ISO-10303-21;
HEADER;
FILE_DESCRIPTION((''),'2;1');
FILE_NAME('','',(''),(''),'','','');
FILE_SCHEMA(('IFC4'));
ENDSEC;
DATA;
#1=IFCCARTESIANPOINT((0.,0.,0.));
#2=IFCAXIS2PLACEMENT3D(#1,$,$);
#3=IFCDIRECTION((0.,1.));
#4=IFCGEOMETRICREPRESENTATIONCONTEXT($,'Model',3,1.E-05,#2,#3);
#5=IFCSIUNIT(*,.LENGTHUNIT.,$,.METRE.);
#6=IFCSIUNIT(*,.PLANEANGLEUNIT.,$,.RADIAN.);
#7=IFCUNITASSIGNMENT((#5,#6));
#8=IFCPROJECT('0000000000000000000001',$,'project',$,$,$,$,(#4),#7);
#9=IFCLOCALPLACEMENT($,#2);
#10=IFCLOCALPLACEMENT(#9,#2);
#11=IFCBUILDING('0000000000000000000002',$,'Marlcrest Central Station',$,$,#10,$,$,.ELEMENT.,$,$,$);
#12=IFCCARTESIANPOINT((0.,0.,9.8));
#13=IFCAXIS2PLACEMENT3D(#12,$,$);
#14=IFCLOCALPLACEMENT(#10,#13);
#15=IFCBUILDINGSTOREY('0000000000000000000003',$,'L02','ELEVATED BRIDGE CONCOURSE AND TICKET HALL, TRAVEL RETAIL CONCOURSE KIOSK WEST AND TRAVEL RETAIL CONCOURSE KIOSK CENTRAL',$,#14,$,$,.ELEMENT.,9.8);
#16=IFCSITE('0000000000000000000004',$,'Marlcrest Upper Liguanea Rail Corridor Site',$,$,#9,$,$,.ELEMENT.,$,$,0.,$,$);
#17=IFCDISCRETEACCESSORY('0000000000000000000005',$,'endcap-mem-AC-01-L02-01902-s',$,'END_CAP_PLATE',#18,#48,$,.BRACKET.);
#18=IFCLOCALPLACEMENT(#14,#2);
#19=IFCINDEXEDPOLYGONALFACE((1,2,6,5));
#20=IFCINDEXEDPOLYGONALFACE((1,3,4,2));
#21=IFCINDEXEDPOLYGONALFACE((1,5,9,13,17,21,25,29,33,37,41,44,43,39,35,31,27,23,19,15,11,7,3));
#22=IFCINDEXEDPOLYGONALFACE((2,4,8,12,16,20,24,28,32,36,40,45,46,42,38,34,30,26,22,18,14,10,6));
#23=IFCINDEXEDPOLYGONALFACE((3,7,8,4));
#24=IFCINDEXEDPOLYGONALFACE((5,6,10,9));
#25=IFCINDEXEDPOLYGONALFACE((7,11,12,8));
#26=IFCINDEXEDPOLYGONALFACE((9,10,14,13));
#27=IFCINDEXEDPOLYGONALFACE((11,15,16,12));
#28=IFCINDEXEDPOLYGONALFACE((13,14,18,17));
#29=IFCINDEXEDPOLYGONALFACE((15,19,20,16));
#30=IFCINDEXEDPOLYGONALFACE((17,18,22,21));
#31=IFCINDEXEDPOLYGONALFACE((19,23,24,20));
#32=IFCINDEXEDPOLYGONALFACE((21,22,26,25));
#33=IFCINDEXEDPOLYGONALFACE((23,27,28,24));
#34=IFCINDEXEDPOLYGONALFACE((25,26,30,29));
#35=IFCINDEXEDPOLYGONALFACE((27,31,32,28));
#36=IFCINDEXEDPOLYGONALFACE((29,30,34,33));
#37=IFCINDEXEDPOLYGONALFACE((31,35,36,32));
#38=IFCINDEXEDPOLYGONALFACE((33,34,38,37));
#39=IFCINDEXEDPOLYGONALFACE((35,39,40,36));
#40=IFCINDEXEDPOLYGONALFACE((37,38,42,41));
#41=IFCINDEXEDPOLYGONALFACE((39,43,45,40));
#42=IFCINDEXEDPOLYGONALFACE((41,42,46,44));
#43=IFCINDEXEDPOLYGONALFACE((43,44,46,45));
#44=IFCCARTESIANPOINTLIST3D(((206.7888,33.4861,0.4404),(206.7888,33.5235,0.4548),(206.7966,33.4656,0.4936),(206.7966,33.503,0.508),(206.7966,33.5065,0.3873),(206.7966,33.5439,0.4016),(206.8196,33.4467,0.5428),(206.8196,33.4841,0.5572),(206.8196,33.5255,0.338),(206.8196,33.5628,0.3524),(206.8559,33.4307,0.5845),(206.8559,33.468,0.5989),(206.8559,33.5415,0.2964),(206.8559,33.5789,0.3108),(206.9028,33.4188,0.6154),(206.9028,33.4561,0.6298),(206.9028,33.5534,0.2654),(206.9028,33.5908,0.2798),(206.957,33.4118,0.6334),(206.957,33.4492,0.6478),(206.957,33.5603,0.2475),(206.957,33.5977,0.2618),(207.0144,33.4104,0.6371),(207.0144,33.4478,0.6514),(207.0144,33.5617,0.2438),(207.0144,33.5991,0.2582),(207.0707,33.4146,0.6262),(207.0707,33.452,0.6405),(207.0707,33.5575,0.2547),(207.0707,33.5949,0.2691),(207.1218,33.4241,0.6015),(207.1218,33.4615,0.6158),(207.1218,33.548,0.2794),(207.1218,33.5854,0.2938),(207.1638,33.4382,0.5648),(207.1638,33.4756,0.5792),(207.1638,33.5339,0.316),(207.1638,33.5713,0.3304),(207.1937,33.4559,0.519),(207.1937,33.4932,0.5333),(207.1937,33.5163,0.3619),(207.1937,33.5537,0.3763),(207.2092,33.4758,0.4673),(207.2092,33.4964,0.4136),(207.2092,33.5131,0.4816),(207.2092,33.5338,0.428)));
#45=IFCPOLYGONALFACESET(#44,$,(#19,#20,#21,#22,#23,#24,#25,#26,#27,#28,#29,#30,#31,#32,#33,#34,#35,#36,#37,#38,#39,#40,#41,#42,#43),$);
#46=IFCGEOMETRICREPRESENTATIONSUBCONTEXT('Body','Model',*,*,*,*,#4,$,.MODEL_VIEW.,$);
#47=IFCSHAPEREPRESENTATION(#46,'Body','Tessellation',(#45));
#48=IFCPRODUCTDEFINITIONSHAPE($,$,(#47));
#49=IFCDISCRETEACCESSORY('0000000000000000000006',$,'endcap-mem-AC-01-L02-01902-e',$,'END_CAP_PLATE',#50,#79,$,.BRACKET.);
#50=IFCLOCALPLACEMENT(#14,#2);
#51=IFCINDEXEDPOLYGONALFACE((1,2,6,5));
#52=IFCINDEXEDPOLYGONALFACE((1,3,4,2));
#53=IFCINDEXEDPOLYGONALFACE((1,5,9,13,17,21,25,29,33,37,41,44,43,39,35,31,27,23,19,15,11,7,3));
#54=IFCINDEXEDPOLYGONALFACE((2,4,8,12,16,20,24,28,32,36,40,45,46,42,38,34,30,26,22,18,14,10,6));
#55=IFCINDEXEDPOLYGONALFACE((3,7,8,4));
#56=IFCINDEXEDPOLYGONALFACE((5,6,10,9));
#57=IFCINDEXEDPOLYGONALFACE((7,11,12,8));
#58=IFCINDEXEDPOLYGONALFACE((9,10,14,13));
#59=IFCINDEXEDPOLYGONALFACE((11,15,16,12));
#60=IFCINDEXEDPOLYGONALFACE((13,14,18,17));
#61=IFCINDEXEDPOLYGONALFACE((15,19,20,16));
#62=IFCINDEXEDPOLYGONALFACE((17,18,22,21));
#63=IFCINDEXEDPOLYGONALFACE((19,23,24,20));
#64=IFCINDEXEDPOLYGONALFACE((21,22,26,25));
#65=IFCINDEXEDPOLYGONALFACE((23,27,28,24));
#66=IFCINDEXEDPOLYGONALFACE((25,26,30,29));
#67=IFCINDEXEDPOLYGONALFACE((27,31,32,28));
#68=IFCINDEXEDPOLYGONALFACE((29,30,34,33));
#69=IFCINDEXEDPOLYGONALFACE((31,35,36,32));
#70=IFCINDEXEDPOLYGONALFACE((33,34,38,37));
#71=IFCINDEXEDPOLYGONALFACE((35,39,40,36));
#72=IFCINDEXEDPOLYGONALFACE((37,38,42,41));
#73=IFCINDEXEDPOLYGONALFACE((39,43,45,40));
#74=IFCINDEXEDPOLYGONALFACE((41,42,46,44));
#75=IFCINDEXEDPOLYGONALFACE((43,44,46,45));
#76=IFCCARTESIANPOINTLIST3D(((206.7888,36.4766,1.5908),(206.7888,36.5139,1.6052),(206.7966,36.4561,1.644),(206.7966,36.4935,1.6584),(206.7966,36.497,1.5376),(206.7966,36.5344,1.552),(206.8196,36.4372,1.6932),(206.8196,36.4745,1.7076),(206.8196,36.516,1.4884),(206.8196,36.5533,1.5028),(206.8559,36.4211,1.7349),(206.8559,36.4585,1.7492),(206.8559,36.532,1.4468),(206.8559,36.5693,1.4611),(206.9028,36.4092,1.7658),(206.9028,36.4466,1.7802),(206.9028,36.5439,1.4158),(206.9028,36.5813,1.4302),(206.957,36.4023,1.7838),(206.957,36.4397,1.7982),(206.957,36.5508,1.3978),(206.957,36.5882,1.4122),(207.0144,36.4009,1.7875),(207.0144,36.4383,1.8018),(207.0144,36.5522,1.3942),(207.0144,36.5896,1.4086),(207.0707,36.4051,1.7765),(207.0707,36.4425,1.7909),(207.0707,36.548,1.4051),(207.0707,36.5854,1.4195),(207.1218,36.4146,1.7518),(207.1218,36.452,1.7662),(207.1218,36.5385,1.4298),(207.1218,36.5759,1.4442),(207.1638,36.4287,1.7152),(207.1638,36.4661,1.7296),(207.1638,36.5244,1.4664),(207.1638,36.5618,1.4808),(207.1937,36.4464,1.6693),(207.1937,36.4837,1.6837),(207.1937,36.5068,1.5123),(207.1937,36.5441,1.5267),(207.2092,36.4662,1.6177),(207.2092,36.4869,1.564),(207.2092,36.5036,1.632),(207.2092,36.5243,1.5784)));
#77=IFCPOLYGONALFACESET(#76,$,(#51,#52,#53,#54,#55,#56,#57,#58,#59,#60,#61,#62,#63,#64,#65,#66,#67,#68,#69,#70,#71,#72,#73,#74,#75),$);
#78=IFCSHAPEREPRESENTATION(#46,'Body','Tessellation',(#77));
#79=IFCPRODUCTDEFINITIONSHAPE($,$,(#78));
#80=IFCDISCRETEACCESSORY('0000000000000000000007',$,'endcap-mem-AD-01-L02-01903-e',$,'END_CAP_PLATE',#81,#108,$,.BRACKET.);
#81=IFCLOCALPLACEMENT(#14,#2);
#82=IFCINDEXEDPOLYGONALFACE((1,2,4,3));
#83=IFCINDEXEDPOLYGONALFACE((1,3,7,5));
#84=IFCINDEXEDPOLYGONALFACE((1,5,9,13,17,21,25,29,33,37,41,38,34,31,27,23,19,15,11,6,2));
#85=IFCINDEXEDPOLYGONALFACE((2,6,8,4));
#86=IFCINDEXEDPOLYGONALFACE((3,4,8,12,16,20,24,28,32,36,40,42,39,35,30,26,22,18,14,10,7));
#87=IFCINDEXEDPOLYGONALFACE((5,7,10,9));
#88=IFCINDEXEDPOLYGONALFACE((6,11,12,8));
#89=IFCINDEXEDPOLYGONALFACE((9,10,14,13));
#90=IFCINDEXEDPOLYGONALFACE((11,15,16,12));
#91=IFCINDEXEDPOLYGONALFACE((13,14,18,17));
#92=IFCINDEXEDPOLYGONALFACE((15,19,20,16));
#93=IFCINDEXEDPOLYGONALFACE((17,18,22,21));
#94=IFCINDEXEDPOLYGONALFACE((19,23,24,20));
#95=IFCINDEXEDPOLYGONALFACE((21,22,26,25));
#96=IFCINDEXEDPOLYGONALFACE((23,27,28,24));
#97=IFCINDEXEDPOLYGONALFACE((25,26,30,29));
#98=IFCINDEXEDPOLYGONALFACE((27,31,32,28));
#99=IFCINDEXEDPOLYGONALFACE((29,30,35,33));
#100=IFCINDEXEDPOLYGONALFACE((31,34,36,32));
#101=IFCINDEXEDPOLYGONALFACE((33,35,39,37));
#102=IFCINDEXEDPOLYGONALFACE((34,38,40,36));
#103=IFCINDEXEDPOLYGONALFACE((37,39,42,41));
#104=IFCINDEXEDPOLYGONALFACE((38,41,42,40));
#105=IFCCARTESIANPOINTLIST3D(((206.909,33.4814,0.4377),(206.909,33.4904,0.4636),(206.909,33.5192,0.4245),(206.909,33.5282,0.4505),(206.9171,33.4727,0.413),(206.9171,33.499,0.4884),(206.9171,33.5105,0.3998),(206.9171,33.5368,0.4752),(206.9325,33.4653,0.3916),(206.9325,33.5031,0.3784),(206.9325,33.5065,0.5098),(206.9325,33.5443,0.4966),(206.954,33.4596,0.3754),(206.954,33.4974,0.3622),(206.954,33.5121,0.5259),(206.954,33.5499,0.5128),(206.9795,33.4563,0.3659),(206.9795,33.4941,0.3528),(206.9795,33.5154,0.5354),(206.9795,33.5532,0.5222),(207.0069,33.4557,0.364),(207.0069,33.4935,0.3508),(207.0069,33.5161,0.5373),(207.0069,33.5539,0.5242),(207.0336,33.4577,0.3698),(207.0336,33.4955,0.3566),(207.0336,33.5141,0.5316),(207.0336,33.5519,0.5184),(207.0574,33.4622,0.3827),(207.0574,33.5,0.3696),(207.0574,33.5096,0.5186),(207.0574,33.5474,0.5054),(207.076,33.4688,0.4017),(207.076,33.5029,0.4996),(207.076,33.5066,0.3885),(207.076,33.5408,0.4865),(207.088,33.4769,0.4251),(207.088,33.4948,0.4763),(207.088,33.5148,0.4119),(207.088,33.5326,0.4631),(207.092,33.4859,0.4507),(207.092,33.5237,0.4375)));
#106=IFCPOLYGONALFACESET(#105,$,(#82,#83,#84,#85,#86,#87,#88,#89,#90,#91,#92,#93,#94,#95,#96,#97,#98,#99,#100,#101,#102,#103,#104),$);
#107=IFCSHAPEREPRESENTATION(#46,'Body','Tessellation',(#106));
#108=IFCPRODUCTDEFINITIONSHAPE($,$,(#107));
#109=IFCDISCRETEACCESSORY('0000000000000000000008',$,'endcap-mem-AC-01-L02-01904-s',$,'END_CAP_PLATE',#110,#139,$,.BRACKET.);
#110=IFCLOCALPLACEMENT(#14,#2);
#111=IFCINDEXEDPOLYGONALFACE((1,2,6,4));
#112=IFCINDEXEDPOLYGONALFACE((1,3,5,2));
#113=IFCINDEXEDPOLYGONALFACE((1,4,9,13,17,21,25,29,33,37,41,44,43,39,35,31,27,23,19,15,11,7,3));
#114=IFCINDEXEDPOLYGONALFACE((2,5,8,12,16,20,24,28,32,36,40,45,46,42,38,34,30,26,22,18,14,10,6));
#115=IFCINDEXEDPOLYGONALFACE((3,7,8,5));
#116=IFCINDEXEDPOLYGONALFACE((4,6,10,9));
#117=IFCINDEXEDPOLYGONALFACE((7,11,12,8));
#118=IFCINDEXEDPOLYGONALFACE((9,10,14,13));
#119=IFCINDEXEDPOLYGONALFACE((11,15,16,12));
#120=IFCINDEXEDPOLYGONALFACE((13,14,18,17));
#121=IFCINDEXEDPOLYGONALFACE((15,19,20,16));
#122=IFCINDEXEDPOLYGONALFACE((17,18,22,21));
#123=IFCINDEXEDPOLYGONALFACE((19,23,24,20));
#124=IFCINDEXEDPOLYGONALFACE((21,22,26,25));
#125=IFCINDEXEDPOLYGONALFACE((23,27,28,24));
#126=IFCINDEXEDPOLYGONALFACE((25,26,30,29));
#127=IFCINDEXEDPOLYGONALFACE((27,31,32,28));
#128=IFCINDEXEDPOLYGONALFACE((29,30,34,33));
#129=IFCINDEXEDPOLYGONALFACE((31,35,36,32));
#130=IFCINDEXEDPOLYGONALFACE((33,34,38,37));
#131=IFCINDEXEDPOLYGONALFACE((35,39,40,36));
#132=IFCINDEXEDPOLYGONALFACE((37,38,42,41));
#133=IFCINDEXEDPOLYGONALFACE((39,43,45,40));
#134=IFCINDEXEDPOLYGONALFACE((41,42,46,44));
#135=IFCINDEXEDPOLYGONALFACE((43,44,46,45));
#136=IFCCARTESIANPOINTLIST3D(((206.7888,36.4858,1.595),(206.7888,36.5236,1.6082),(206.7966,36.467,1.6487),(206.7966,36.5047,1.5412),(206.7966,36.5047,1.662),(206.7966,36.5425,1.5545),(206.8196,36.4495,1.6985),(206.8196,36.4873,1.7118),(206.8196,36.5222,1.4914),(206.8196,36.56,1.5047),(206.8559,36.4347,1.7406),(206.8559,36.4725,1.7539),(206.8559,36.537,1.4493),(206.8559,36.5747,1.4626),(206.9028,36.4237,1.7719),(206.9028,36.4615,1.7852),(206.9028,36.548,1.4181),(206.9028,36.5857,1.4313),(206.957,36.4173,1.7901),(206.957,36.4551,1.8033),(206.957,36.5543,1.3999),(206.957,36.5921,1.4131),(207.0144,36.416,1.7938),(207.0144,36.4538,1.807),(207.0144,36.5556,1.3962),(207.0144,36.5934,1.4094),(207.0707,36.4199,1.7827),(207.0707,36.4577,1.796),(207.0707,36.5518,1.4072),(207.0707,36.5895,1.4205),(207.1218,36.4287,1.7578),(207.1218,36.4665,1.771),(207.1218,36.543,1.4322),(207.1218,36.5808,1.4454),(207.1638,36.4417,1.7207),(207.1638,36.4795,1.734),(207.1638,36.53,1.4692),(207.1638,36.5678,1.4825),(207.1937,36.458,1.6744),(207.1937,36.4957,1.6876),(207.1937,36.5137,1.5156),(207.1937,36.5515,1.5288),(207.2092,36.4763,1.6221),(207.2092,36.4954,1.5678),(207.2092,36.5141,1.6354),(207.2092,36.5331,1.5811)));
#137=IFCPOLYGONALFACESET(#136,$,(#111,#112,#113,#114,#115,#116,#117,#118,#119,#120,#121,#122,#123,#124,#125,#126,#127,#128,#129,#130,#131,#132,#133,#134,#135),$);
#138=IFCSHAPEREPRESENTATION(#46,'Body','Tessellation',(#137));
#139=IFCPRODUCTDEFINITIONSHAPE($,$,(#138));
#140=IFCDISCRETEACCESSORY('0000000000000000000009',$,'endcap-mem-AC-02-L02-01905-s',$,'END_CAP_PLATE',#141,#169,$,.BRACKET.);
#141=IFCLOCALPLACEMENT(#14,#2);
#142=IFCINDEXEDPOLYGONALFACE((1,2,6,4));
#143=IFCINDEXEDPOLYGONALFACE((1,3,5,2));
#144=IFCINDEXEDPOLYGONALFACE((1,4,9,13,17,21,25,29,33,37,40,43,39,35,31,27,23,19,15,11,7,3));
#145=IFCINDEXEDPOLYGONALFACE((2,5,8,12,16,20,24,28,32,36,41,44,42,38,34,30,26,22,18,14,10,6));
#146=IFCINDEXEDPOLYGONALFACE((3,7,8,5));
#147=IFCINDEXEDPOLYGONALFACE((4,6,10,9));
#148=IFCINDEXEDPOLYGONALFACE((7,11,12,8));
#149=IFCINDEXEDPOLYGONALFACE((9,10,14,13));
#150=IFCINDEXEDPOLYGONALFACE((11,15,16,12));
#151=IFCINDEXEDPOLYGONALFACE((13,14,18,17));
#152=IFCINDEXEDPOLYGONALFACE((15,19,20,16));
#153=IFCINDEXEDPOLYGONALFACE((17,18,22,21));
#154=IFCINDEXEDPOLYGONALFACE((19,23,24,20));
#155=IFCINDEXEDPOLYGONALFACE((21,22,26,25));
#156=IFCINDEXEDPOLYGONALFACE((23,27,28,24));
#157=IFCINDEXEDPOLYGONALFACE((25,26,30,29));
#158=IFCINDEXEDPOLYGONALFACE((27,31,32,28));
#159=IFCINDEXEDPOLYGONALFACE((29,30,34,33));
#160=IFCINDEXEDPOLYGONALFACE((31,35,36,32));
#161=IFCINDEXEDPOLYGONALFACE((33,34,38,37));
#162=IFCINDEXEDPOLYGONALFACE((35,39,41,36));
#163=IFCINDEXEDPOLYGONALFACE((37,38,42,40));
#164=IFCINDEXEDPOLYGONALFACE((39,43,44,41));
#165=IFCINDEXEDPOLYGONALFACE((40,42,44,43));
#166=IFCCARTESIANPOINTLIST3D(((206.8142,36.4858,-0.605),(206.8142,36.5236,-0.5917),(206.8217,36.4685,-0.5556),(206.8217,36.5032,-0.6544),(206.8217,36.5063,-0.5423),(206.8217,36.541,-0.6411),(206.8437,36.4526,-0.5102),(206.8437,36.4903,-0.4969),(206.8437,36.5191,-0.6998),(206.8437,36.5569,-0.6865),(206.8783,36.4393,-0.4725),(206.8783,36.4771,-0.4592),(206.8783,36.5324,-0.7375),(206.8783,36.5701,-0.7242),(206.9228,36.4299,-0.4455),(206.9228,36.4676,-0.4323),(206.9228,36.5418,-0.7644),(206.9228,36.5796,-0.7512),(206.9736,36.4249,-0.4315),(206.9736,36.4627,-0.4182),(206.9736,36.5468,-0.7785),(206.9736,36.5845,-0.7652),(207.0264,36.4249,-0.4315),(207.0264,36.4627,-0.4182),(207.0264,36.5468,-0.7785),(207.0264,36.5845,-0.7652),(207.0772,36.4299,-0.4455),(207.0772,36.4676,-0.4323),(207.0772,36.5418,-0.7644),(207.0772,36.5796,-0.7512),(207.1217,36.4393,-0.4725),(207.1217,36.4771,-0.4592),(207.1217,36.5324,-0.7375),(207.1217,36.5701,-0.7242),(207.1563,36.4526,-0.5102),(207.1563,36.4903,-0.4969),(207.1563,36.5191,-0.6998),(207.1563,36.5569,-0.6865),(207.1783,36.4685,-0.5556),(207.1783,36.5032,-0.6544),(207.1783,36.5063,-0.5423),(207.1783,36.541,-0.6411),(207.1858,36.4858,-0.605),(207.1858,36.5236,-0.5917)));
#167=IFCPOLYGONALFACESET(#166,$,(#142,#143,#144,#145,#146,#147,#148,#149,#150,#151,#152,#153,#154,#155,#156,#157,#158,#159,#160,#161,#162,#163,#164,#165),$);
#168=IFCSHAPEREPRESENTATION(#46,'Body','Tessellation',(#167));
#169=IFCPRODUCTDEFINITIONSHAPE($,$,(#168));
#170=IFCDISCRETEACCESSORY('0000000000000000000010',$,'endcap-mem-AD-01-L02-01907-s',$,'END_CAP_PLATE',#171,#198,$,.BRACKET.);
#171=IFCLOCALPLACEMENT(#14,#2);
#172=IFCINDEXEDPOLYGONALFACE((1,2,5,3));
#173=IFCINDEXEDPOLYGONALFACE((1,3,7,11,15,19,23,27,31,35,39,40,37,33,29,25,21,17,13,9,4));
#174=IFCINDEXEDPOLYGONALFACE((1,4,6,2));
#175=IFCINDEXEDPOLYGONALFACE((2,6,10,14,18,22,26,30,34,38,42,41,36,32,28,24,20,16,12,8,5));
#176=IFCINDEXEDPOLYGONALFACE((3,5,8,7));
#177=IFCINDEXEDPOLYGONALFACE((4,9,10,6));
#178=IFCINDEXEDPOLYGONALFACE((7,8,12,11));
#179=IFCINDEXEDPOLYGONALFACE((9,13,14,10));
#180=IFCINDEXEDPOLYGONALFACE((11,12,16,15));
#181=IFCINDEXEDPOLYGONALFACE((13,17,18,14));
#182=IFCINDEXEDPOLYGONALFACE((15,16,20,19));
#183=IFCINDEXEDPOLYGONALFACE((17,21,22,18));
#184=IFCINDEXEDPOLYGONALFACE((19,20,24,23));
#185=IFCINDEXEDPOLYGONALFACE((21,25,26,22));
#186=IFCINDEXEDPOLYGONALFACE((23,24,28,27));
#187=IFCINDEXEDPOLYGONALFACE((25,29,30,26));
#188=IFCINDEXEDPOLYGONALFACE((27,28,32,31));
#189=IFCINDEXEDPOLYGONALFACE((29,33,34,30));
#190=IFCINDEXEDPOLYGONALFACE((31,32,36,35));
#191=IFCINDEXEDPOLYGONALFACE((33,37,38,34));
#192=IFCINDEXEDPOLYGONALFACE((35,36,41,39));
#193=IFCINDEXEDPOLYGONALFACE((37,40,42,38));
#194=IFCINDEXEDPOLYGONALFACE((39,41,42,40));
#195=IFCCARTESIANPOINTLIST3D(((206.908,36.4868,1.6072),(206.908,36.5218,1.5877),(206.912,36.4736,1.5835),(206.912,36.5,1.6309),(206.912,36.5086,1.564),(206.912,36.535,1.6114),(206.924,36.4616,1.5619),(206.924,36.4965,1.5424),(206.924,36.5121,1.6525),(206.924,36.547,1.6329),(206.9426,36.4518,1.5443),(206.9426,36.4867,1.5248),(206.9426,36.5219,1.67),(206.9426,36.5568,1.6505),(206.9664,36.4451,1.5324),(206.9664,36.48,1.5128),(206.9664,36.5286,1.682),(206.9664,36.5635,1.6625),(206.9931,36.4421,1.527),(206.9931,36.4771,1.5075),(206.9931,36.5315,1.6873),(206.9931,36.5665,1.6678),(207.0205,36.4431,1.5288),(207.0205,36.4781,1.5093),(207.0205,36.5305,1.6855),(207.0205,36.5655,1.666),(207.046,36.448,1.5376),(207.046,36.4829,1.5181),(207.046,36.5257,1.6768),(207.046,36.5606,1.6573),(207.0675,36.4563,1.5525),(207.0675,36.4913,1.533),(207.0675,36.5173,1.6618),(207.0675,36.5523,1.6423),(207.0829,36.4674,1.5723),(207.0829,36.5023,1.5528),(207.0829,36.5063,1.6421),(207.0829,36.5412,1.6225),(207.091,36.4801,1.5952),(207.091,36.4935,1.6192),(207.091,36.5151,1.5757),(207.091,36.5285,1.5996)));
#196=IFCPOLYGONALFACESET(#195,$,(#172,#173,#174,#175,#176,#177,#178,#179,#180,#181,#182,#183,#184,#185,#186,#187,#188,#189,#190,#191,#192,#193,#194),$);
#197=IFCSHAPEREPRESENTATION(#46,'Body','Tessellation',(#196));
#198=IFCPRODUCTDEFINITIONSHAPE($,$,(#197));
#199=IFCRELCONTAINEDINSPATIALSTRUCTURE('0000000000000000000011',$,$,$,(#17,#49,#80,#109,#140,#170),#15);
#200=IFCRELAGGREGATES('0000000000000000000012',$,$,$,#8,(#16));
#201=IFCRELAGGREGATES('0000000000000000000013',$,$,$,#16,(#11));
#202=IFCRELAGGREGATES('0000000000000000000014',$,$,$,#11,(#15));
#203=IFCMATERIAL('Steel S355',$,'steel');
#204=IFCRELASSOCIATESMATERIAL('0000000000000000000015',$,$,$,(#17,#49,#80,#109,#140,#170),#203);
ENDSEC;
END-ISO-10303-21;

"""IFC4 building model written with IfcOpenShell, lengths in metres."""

from ifc_helpers import new_model, si_unit, direction, frame, origin, origin_2d, place, context, subcontext, project, spatial, circle, extrude, material, element, save


model = new_model("IFC4")

# Units and contexts
model_context = context("Model", 3, precision=1e-05, world=origin(), true_north=direction((0.0, 1.0)))
body_context = subcontext(model_context, "Body", "Model", "MODEL_VIEW")
ifc_project = project(units=[si_unit("LENGTHUNIT", "METRE"), si_unit("PLANEANGLEUNIT", "RADIAN")], contexts=[model_context])

# Site, building, storey
site_placement = place(None, origin())
site = spatial("IfcSite", under=ifc_project, at=site_placement, Name="Marlcrest Upper Liguanea Rail Corridor Site", CompositionType="ELEMENT", RefElevation=0.0)
building_placement = place(site_placement, origin())
building = spatial("IfcBuilding", under=site, at=building_placement, Name="Marlcrest Central Station", CompositionType="ELEMENT")
storey_placement = place(building_placement, frame((0.0, 0.0, 9.8)))
storey = spatial("IfcBuildingStorey", under=building, at=storey_placement, Name="L02", Description="ELEVATED BRIDGE CONCOURSE AND TICKET HALL, TRAVEL RETAIL CONCOURSE KIOSK WEST AND TRAVEL RETAIL CONCOURSE KIOSK CENTRAL", CompositionType="ELEMENT", Elevation=9.8)

# Shared definitions
ifc_material_1 = material(Name="Steel S355", Category="steel")

# Discrete accessories
for number, where, z_axis, x_axis, name in (
    (1, (207.0, 33.4861, 0.4404), (0.0, 0.933324, 0.359035), (-1.0, 0.0, 0.0), "endcap-mem-AC-01-L02-01902-s"),
    (2, (207.0, 36.4766, 1.5908), (0.0, 0.933324, 0.359035), (-1.0, 0.0, 0.0), "endcap-mem-AC-01-L02-01902-e"),
):
    element("IfcDiscreteAccessory", number, at=place(storey_placement, frame(where, z_axis=z_axis, x_axis=x_axis)), inside=storey, material=ifc_material_1, Name=name, ObjectType="END_CAP_PLATE", PredefinedType="BRACKET", context=body_context, shape_type="SweptSolid", body=[
        extrude(circle(Radius=0.2112, at=origin_2d()), origin(), (0.0, 0.0, 1.0), 0.04),
    ])
discrete_accessory_1_placement = place(storey_placement, frame((207.0, 33.5237, 0.4375), z_axis=(0.0, -0.94426, 0.3292), x_axis=(1.0, 0.0, 0.0)))
element("IfcDiscreteAccessory", 3, at=discrete_accessory_1_placement, inside=storey, material=ifc_material_1, Name="endcap-mem-AD-01-L02-01903-e", ObjectType="END_CAP_PLATE", PredefinedType="BRACKET", context=body_context, shape_type="SweptSolid", body=[
    extrude(circle(Radius=0.092, at=origin_2d()), origin(), (0.0, 0.0, 1.0), 0.04),
])
discrete_accessory_2_placement = place(storey_placement, frame((207.0, 36.4858, 1.595), z_axis=(0.0, 0.943537, 0.331266), x_axis=(-1.0, 0.0, 0.0)))
element("IfcDiscreteAccessory", 4, at=discrete_accessory_2_placement, inside=storey, material=ifc_material_1, Name="endcap-mem-AC-01-L02-01904-s", ObjectType="END_CAP_PLATE", PredefinedType="BRACKET", context=body_context, shape_type="SweptSolid", body=[
    extrude(circle(Radius=0.2112, at=origin_2d()), origin(), (0.0, 0.0, 1.0), 0.04),
])
discrete_accessory_3_placement = place(storey_placement, frame((207.0, 36.4858, -0.605), z_axis=(0.0, 0.943537, 0.331266), x_axis=(-1.0, 0.0, 0.0)))
element("IfcDiscreteAccessory", 5, at=discrete_accessory_3_placement, inside=storey, material=ifc_material_1, Name="endcap-mem-AC-02-L02-01905-s", ObjectType="END_CAP_PLATE", PredefinedType="BRACKET", context=body_context, shape_type="SweptSolid", body=[
    extrude(circle(Radius=0.1858, at=origin_2d()), origin(), (0.0, 0.0, 1.0), 0.04),
])
discrete_accessory_4_placement = place(storey_placement, frame((207.0, 36.4868, 1.6072), z_axis=(0.0, 0.873246, -0.48728), x_axis=(-1.0, 0.0, 0.0)))
element("IfcDiscreteAccessory", 6, at=discrete_accessory_4_placement, inside=storey, material=ifc_material_1, Name="endcap-mem-AD-01-L02-01907-s", ObjectType="END_CAP_PLATE", PredefinedType="BRACKET", context=body_context, shape_type="SweptSolid", body=[
    extrude(circle(Radius=0.092, at=origin_2d()), origin(), (0.0, 0.0, 1.0), 0.04),
])

save(model, "model.ifc")
